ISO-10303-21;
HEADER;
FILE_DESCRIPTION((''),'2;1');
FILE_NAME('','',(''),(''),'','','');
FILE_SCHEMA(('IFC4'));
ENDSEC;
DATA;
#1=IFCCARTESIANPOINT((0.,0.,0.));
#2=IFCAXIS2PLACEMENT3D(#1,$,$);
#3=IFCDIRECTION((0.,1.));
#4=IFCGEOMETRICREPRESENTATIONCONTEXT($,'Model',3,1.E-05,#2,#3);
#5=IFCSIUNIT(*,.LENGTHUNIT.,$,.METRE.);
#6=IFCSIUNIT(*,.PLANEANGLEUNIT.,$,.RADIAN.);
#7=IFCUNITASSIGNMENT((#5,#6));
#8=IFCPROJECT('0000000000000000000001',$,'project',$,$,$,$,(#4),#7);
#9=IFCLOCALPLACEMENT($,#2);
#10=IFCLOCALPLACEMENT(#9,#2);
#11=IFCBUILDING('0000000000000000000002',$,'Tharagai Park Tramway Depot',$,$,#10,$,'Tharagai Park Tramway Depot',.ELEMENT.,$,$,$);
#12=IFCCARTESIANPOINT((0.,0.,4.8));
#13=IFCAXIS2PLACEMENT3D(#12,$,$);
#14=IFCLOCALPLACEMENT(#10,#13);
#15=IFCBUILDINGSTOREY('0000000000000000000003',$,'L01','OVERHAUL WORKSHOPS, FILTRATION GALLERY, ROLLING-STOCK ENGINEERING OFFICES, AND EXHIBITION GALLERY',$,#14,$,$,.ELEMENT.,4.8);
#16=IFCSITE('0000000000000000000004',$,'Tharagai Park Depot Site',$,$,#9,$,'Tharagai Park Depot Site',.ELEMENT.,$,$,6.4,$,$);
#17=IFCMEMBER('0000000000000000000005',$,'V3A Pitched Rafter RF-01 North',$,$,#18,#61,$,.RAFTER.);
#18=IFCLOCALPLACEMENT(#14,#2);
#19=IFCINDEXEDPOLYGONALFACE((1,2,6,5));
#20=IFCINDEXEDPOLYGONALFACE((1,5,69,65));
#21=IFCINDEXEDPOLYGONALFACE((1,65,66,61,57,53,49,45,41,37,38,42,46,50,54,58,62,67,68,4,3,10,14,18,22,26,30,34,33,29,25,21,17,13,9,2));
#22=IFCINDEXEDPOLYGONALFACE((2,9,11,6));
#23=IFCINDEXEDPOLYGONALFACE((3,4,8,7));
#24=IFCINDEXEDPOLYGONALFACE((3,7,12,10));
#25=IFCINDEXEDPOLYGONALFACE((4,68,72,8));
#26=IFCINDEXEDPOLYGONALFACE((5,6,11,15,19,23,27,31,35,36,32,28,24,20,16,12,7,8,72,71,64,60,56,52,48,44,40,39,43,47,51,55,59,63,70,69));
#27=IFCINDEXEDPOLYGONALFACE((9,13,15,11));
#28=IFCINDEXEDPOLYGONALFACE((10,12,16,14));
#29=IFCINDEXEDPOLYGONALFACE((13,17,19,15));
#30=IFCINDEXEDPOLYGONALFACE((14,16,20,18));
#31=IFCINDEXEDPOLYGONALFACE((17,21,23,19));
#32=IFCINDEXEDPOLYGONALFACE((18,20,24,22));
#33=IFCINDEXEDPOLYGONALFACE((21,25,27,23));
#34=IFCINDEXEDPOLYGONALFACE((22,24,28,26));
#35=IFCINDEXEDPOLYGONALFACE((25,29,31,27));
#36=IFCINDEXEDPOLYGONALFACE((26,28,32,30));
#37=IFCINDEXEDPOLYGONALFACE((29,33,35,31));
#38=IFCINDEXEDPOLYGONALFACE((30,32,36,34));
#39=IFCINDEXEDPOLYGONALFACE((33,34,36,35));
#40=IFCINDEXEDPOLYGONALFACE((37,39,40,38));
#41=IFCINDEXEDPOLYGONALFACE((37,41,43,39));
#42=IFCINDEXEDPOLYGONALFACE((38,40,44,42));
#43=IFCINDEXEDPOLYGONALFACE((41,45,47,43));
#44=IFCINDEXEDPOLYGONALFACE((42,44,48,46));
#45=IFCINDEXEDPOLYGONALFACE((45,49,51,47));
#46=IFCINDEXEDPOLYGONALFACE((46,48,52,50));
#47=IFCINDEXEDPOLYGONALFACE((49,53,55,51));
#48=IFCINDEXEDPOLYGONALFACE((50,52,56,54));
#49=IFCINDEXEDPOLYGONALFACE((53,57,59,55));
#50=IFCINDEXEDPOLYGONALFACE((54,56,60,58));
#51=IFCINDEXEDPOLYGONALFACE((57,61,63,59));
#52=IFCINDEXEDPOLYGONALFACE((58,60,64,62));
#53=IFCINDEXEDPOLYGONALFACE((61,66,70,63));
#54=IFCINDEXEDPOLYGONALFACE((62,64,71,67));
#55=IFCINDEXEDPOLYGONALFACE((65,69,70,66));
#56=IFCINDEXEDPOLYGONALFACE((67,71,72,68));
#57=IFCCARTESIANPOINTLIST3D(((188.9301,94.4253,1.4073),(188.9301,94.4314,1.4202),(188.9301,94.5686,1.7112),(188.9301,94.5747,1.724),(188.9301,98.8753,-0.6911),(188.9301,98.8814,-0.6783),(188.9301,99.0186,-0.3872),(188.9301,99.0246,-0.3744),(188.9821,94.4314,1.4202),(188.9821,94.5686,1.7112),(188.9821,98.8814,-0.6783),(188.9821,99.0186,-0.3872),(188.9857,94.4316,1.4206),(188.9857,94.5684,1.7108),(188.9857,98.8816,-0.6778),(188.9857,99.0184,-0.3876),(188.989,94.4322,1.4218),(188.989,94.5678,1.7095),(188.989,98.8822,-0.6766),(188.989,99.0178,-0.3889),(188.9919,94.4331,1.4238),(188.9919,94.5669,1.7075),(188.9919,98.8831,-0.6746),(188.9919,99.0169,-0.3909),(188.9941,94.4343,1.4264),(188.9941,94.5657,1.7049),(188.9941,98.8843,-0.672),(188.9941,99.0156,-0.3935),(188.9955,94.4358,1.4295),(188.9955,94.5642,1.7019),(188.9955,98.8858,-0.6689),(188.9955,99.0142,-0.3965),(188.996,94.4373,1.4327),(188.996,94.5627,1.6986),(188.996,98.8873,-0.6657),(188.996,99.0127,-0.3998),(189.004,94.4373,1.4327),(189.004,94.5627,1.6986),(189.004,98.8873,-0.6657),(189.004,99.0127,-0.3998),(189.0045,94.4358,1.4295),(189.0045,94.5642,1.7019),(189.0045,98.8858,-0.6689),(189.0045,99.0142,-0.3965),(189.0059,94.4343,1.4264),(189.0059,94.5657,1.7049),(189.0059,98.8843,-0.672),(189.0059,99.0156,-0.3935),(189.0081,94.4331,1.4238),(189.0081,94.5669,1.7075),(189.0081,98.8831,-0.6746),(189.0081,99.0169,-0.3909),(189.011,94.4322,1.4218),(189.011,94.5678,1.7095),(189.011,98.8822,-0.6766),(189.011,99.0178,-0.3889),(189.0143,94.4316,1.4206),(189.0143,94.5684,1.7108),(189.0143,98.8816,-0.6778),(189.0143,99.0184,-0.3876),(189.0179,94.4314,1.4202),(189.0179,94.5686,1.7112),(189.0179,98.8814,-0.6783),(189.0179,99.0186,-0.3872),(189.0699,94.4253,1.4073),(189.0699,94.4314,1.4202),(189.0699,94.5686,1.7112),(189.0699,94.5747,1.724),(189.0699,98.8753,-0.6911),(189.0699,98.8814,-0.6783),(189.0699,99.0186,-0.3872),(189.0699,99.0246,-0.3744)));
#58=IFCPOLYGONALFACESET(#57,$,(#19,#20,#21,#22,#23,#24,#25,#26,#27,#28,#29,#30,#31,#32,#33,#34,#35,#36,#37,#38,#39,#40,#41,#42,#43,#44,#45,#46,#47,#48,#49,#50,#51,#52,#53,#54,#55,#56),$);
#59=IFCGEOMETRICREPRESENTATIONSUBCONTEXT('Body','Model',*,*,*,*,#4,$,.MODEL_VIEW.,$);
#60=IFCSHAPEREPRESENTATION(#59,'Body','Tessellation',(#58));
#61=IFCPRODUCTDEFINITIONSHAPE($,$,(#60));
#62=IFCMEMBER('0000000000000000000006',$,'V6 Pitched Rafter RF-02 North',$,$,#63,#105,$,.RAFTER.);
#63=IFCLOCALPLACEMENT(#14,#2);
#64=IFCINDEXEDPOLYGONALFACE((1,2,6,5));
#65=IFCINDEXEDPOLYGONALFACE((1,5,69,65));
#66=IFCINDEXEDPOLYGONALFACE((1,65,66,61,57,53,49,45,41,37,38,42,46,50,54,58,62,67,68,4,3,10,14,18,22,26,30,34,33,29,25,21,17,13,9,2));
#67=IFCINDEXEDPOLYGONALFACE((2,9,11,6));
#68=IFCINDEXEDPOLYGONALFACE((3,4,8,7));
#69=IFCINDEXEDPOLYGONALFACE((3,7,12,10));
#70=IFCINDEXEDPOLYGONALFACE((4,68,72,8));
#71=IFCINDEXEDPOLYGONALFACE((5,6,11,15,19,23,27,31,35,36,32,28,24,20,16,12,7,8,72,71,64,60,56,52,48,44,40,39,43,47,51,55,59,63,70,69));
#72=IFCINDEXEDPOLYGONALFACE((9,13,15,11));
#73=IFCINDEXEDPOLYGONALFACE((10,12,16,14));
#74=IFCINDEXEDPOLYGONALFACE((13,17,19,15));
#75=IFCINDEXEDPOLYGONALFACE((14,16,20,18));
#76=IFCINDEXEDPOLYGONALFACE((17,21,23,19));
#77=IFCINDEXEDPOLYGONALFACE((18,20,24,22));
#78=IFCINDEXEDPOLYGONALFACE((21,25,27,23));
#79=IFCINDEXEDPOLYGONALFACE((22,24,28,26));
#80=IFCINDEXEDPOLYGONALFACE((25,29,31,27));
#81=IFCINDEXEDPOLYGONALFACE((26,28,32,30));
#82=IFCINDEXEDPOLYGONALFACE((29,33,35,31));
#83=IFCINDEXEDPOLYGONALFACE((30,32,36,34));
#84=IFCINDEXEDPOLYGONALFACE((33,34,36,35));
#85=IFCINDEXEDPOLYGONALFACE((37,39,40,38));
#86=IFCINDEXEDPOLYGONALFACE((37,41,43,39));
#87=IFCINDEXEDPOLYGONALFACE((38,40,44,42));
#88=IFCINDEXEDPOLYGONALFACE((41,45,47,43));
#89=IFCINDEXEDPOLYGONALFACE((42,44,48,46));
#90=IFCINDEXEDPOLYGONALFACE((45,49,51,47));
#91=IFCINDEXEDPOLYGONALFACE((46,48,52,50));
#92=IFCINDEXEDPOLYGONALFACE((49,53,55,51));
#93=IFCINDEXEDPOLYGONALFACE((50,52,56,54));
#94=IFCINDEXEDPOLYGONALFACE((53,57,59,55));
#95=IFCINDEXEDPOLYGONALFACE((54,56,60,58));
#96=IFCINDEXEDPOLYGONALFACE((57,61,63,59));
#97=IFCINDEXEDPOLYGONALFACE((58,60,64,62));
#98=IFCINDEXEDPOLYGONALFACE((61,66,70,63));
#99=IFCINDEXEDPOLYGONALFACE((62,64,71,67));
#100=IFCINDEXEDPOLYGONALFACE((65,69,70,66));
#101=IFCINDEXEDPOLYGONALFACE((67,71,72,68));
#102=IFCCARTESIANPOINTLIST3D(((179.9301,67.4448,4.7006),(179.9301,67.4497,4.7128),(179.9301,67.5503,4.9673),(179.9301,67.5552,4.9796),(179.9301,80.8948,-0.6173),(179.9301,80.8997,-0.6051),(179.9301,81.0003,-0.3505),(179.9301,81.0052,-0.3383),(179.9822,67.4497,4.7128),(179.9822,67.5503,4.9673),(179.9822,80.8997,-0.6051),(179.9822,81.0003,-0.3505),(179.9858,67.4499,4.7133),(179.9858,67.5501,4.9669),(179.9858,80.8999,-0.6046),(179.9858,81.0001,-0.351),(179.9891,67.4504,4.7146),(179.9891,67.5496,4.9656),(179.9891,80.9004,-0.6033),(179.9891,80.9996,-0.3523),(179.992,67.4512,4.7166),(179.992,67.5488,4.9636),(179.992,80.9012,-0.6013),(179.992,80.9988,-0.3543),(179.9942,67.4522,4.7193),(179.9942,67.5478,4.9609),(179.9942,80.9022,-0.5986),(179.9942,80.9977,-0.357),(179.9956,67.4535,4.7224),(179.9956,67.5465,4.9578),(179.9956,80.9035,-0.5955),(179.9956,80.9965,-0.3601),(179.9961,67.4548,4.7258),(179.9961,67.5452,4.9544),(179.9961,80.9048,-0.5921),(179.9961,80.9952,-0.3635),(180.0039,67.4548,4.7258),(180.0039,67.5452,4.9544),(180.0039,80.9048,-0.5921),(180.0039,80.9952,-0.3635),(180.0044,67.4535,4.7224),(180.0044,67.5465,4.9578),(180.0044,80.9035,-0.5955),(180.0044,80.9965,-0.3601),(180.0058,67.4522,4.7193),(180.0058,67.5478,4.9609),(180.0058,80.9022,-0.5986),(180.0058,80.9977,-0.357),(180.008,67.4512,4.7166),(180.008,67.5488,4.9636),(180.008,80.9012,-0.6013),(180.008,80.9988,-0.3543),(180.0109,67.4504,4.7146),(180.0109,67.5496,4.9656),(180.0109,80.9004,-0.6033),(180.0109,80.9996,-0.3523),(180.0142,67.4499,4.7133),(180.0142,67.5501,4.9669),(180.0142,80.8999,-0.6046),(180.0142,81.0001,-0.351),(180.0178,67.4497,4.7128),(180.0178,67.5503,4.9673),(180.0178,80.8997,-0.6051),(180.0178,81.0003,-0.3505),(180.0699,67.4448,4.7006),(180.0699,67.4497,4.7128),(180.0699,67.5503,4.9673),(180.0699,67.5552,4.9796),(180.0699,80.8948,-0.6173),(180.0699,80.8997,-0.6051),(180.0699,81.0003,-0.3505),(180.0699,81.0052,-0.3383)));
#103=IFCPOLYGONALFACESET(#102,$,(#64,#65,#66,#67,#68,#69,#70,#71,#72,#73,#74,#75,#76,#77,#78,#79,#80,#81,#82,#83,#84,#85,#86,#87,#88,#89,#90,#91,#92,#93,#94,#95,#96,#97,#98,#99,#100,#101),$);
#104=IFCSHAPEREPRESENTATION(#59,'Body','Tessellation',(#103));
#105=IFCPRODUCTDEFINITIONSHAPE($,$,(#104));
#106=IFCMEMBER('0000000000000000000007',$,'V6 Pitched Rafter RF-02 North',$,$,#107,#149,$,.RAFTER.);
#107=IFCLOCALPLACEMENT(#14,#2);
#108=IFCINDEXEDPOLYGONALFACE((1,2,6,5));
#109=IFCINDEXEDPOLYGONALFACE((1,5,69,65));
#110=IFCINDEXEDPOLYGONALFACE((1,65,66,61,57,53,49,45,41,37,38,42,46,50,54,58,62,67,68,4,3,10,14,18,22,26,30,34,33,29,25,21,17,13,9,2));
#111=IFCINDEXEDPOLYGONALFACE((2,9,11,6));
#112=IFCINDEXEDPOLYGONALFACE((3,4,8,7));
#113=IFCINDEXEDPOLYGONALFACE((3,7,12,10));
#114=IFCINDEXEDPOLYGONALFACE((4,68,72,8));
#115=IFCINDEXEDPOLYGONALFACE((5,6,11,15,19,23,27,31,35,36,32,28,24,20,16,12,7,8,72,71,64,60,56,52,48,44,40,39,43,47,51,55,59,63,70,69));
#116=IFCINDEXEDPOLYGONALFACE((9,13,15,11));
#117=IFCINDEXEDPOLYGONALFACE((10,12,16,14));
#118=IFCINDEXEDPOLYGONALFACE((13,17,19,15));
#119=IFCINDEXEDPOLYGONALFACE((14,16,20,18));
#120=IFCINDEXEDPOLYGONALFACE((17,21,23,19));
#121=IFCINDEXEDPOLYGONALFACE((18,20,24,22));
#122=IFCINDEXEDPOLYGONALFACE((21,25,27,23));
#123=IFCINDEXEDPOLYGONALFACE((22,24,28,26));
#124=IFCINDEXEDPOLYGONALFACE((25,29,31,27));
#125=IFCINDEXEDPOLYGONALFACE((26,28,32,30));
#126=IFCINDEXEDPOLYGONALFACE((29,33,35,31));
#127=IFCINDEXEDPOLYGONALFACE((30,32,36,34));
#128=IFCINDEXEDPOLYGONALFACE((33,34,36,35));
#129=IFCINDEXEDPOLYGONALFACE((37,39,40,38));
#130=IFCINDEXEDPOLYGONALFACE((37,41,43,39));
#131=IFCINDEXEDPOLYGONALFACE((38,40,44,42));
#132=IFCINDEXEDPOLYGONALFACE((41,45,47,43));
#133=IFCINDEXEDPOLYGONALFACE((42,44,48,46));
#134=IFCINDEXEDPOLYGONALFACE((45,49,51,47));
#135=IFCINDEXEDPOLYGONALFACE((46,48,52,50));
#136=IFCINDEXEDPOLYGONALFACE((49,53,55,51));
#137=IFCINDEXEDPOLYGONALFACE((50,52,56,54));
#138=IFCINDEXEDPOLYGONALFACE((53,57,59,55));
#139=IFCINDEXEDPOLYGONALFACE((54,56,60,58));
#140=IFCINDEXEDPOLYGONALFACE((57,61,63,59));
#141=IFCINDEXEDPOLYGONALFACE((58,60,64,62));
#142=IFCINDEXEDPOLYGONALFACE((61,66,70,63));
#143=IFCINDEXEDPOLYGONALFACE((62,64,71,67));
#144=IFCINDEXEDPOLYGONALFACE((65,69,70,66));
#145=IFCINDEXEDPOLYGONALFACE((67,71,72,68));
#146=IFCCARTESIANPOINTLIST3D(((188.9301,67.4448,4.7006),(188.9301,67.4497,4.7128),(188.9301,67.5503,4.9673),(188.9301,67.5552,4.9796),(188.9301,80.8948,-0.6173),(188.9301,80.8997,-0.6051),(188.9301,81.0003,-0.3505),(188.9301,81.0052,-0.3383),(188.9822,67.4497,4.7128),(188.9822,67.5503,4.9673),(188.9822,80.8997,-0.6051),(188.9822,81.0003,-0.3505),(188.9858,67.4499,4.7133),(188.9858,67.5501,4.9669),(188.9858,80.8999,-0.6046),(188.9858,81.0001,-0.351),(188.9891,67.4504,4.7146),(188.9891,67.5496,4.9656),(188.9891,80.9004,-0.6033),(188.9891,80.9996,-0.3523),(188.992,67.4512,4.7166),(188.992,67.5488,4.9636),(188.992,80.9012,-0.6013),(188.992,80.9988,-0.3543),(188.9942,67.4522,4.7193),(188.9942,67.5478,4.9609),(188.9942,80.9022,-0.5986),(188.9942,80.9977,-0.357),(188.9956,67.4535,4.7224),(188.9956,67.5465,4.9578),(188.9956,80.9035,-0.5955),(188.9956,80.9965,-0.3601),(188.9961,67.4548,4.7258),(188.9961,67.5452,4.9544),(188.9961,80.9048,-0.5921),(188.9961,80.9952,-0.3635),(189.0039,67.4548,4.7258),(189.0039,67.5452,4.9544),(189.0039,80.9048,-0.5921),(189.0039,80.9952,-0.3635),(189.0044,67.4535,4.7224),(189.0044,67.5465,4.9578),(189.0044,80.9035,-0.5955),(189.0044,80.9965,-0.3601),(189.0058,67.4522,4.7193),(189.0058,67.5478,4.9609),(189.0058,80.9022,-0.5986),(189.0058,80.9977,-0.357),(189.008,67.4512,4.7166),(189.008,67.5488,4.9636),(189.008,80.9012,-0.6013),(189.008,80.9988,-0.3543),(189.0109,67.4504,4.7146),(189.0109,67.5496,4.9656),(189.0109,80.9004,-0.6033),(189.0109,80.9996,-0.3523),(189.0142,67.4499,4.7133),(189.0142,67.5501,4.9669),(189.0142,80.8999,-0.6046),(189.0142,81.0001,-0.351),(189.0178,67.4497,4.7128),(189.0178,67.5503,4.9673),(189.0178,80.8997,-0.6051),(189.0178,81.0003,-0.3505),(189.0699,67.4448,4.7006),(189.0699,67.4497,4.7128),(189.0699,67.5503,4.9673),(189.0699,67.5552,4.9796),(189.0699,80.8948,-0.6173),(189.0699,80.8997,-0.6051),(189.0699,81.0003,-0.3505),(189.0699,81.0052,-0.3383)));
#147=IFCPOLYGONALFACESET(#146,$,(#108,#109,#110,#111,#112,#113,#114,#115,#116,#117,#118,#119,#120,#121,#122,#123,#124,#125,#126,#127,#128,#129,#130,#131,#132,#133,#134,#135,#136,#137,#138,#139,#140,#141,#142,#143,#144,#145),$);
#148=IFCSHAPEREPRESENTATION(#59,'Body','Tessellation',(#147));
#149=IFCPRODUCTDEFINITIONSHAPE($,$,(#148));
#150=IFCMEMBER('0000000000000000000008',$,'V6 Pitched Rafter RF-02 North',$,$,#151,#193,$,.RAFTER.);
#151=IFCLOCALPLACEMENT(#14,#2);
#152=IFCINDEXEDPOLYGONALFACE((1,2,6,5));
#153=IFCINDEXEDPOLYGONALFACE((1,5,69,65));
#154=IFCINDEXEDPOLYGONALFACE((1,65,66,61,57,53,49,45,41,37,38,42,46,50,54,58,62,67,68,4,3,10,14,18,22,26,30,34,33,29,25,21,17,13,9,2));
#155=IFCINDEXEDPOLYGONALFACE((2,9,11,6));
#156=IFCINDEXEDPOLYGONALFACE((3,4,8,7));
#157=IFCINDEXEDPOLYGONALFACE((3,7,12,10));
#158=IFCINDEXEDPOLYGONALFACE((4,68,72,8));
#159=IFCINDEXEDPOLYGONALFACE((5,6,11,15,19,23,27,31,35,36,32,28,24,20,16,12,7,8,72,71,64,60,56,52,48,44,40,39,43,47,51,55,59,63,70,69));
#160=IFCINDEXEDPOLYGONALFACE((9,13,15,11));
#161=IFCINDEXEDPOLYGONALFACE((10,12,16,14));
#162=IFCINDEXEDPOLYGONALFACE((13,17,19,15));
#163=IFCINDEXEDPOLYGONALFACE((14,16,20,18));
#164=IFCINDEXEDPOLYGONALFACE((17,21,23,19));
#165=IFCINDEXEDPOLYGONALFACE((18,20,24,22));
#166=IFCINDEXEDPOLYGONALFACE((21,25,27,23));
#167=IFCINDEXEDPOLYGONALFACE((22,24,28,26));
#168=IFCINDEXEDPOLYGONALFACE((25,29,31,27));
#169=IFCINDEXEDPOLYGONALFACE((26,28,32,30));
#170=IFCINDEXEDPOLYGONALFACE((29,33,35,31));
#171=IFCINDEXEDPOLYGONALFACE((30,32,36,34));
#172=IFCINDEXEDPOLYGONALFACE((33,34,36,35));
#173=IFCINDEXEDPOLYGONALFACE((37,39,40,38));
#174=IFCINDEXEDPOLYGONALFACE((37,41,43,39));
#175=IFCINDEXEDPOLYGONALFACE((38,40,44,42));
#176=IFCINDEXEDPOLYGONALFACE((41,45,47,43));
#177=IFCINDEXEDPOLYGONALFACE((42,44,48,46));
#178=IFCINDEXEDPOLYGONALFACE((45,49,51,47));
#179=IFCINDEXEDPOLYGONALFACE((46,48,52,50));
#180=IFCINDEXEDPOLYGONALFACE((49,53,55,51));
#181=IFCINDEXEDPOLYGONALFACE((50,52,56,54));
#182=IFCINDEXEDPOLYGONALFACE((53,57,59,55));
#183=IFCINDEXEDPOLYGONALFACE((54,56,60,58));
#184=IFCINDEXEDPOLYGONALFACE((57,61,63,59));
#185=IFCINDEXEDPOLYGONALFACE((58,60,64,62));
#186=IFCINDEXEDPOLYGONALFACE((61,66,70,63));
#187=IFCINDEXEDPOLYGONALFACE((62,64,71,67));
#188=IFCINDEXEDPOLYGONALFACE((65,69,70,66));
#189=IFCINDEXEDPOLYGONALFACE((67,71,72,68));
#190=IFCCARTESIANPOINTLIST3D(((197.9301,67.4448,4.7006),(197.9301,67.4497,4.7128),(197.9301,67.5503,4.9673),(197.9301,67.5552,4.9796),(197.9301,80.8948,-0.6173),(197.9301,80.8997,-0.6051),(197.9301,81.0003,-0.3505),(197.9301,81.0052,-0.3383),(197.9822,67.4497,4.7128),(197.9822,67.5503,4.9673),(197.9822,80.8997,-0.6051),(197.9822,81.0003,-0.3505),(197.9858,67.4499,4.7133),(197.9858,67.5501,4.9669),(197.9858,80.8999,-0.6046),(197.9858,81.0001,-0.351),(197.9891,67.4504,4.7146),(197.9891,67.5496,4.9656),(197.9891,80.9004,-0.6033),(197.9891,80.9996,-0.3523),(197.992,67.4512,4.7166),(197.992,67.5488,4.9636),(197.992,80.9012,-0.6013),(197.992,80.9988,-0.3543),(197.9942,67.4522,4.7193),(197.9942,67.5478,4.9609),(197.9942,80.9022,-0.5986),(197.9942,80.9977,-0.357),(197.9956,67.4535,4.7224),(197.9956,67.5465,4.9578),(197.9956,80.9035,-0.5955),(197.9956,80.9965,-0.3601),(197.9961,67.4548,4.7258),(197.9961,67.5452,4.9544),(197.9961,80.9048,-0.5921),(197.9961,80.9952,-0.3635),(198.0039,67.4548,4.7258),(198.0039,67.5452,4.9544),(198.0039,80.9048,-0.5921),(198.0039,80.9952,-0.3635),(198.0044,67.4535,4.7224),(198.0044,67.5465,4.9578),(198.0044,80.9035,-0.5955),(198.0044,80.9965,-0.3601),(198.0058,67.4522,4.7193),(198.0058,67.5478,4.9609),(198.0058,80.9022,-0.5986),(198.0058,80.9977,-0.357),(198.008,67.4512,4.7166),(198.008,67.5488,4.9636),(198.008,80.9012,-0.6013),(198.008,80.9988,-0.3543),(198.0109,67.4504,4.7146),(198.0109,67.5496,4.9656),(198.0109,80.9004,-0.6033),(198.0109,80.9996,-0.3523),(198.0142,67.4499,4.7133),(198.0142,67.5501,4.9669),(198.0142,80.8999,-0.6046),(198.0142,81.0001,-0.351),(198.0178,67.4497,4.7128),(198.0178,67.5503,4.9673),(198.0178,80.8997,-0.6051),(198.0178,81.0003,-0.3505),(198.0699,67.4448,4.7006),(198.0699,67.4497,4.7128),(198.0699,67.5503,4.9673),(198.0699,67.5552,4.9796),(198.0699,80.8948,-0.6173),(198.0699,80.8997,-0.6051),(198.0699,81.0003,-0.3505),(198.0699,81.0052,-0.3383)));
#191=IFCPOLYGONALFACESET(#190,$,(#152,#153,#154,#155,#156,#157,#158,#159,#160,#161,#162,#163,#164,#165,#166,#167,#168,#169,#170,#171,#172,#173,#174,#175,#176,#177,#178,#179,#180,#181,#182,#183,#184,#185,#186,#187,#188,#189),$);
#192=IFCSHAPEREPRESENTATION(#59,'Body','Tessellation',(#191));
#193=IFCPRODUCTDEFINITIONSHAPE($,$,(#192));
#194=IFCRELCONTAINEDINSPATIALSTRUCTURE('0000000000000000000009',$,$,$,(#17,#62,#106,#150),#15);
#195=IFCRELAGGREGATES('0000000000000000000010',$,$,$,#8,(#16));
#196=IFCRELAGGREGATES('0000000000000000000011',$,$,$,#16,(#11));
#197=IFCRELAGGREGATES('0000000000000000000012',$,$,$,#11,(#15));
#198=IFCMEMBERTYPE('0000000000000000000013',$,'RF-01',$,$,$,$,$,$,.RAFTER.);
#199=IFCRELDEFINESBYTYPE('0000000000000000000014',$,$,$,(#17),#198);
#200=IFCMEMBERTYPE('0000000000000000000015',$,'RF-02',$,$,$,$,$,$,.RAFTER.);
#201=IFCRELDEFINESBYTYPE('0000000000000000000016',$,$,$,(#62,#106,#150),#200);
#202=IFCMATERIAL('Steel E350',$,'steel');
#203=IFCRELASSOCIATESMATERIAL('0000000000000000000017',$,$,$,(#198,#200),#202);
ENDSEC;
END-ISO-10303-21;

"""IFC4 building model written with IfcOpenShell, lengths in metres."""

from ifc_helpers import new_model, si_unit, direction, frame, origin, origin_2d, place, context, subcontext, project, spatial, i_section, extrude, material, material_profile, profile_set, type_object, element, save


model = new_model("IFC4")

# Units and contexts
model_context = context("Model", 3, precision=1e-05, world=origin(), true_north=direction((0.0, 1.0)))
body_context = subcontext(model_context, "Body", "Model", "MODEL_VIEW")
ifc_project = project(units=[si_unit("LENGTHUNIT", "METRE"), si_unit("PLANEANGLEUNIT", "RADIAN")], contexts=[model_context])

# Site, building, storey
site_placement = place(None, origin())
site = spatial("IfcSite", under=ifc_project, at=site_placement, Name="Tharagai Park Depot Site", LongName="Tharagai Park Depot Site", CompositionType="ELEMENT", RefElevation=6.4)
building_placement = place(site_placement, origin())
building = spatial("IfcBuilding", under=site, at=building_placement, Name="Tharagai Park Tramway Depot", LongName="Tharagai Park Tramway Depot", CompositionType="ELEMENT")
storey_placement = place(building_placement, frame((0.0, 0.0, 4.8)))
storey = spatial("IfcBuildingStorey", under=building, at=storey_placement, Name="L01", Description="OVERHAUL WORKSHOPS, FILTRATION GALLERY, ROLLING-STOCK ENGINEERING OFFICES, AND EXHIBITION GALLERY", CompositionType="ELEMENT", Elevation=4.8)

# Shared definitions
ifc_material_1 = material(Name="Steel E350", Category="steel")

# Members
ifc_material_profile_1 = material_profile(ifc_material_1, i_section(OverallWidth=0.1399, OverallDepth=0.3501, WebThickness=0.0081, FlangeThickness=0.0142, FilletRadius=0.0139, at=origin_2d()), Name="ISMB 350")
ifc_profile_set_1 = profile_set([ifc_material_profile_1], Name="Steel E350")
member_type_1 = type_object("IfcMemberType", Name="RF-01", PredefinedType="RAFTER", material=ifc_profile_set_1)
for number, where, z_axis, x_axis, name in (
    (1, (189.0, 94.5, 1.5657), (0.0, 0.904482, -0.426511), (-1.0, 0.0, 0.0), "V3A Pitched Rafter RF-01 North"),
):
    element("IfcMember", number, at=place(storey_placement, frame(where, z_axis=z_axis, x_axis=x_axis)), inside=storey, type_object=member_type_1, Name=name, PredefinedType="RAFTER", context=body_context, shape_type="SweptSolid", body=[
        extrude(i_section(OverallWidth=0.1399, OverallDepth=0.3501, WebThickness=0.0081, FlangeThickness=0.0142, FilletRadius=0.0139, at=origin_2d()), origin(), (0.0, 0.0, 1.0), 4.9199),
    ])
ifc_material_profile_2 = material_profile(ifc_material_1, i_section(OverallWidth=0.1399, OverallDepth=0.3, WebThickness=0.0078, FlangeThickness=0.0132, FilletRadius=0.0139, at=origin_2d()), Name="ISMB 300")
ifc_profile_set_2 = profile_set([ifc_material_profile_2], Name="Steel E350")
member_type_2 = type_object("IfcMemberType", Name="RF-02", PredefinedType="RAFTER", material=ifc_profile_set_2)
for number, where, z_axis, x_axis, name in (
    (2, (180.0, 67.5, 4.8401), (0.0, 0.92995, -0.367686), (-1.0, 0.0, 0.0), "V6 Pitched Rafter RF-02 North"),
    (3, (189.0, 67.5, 4.8401), (0.0, 0.92995, -0.367686), (-1.0, 0.0, 0.0), "V6 Pitched Rafter RF-02 North"),
    (4, (198.0, 67.5, 4.8401), (0.0, 0.92995, -0.367686), (-1.0, 0.0, 0.0), "V6 Pitched Rafter RF-02 North"),
):
    element("IfcMember", number, at=place(storey_placement, frame(where, z_axis=z_axis, x_axis=x_axis)), inside=storey, type_object=member_type_2, Name=name, PredefinedType="RAFTER", context=body_context, shape_type="SweptSolid", body=[
        extrude(i_section(OverallWidth=0.1399, OverallDepth=0.3, WebThickness=0.0078, FlangeThickness=0.0132, FilletRadius=0.0139, at=origin_2d()), origin(), (0.0, 0.0, 1.0), 14.4631),
    ])

save(model, "model.ifc")
